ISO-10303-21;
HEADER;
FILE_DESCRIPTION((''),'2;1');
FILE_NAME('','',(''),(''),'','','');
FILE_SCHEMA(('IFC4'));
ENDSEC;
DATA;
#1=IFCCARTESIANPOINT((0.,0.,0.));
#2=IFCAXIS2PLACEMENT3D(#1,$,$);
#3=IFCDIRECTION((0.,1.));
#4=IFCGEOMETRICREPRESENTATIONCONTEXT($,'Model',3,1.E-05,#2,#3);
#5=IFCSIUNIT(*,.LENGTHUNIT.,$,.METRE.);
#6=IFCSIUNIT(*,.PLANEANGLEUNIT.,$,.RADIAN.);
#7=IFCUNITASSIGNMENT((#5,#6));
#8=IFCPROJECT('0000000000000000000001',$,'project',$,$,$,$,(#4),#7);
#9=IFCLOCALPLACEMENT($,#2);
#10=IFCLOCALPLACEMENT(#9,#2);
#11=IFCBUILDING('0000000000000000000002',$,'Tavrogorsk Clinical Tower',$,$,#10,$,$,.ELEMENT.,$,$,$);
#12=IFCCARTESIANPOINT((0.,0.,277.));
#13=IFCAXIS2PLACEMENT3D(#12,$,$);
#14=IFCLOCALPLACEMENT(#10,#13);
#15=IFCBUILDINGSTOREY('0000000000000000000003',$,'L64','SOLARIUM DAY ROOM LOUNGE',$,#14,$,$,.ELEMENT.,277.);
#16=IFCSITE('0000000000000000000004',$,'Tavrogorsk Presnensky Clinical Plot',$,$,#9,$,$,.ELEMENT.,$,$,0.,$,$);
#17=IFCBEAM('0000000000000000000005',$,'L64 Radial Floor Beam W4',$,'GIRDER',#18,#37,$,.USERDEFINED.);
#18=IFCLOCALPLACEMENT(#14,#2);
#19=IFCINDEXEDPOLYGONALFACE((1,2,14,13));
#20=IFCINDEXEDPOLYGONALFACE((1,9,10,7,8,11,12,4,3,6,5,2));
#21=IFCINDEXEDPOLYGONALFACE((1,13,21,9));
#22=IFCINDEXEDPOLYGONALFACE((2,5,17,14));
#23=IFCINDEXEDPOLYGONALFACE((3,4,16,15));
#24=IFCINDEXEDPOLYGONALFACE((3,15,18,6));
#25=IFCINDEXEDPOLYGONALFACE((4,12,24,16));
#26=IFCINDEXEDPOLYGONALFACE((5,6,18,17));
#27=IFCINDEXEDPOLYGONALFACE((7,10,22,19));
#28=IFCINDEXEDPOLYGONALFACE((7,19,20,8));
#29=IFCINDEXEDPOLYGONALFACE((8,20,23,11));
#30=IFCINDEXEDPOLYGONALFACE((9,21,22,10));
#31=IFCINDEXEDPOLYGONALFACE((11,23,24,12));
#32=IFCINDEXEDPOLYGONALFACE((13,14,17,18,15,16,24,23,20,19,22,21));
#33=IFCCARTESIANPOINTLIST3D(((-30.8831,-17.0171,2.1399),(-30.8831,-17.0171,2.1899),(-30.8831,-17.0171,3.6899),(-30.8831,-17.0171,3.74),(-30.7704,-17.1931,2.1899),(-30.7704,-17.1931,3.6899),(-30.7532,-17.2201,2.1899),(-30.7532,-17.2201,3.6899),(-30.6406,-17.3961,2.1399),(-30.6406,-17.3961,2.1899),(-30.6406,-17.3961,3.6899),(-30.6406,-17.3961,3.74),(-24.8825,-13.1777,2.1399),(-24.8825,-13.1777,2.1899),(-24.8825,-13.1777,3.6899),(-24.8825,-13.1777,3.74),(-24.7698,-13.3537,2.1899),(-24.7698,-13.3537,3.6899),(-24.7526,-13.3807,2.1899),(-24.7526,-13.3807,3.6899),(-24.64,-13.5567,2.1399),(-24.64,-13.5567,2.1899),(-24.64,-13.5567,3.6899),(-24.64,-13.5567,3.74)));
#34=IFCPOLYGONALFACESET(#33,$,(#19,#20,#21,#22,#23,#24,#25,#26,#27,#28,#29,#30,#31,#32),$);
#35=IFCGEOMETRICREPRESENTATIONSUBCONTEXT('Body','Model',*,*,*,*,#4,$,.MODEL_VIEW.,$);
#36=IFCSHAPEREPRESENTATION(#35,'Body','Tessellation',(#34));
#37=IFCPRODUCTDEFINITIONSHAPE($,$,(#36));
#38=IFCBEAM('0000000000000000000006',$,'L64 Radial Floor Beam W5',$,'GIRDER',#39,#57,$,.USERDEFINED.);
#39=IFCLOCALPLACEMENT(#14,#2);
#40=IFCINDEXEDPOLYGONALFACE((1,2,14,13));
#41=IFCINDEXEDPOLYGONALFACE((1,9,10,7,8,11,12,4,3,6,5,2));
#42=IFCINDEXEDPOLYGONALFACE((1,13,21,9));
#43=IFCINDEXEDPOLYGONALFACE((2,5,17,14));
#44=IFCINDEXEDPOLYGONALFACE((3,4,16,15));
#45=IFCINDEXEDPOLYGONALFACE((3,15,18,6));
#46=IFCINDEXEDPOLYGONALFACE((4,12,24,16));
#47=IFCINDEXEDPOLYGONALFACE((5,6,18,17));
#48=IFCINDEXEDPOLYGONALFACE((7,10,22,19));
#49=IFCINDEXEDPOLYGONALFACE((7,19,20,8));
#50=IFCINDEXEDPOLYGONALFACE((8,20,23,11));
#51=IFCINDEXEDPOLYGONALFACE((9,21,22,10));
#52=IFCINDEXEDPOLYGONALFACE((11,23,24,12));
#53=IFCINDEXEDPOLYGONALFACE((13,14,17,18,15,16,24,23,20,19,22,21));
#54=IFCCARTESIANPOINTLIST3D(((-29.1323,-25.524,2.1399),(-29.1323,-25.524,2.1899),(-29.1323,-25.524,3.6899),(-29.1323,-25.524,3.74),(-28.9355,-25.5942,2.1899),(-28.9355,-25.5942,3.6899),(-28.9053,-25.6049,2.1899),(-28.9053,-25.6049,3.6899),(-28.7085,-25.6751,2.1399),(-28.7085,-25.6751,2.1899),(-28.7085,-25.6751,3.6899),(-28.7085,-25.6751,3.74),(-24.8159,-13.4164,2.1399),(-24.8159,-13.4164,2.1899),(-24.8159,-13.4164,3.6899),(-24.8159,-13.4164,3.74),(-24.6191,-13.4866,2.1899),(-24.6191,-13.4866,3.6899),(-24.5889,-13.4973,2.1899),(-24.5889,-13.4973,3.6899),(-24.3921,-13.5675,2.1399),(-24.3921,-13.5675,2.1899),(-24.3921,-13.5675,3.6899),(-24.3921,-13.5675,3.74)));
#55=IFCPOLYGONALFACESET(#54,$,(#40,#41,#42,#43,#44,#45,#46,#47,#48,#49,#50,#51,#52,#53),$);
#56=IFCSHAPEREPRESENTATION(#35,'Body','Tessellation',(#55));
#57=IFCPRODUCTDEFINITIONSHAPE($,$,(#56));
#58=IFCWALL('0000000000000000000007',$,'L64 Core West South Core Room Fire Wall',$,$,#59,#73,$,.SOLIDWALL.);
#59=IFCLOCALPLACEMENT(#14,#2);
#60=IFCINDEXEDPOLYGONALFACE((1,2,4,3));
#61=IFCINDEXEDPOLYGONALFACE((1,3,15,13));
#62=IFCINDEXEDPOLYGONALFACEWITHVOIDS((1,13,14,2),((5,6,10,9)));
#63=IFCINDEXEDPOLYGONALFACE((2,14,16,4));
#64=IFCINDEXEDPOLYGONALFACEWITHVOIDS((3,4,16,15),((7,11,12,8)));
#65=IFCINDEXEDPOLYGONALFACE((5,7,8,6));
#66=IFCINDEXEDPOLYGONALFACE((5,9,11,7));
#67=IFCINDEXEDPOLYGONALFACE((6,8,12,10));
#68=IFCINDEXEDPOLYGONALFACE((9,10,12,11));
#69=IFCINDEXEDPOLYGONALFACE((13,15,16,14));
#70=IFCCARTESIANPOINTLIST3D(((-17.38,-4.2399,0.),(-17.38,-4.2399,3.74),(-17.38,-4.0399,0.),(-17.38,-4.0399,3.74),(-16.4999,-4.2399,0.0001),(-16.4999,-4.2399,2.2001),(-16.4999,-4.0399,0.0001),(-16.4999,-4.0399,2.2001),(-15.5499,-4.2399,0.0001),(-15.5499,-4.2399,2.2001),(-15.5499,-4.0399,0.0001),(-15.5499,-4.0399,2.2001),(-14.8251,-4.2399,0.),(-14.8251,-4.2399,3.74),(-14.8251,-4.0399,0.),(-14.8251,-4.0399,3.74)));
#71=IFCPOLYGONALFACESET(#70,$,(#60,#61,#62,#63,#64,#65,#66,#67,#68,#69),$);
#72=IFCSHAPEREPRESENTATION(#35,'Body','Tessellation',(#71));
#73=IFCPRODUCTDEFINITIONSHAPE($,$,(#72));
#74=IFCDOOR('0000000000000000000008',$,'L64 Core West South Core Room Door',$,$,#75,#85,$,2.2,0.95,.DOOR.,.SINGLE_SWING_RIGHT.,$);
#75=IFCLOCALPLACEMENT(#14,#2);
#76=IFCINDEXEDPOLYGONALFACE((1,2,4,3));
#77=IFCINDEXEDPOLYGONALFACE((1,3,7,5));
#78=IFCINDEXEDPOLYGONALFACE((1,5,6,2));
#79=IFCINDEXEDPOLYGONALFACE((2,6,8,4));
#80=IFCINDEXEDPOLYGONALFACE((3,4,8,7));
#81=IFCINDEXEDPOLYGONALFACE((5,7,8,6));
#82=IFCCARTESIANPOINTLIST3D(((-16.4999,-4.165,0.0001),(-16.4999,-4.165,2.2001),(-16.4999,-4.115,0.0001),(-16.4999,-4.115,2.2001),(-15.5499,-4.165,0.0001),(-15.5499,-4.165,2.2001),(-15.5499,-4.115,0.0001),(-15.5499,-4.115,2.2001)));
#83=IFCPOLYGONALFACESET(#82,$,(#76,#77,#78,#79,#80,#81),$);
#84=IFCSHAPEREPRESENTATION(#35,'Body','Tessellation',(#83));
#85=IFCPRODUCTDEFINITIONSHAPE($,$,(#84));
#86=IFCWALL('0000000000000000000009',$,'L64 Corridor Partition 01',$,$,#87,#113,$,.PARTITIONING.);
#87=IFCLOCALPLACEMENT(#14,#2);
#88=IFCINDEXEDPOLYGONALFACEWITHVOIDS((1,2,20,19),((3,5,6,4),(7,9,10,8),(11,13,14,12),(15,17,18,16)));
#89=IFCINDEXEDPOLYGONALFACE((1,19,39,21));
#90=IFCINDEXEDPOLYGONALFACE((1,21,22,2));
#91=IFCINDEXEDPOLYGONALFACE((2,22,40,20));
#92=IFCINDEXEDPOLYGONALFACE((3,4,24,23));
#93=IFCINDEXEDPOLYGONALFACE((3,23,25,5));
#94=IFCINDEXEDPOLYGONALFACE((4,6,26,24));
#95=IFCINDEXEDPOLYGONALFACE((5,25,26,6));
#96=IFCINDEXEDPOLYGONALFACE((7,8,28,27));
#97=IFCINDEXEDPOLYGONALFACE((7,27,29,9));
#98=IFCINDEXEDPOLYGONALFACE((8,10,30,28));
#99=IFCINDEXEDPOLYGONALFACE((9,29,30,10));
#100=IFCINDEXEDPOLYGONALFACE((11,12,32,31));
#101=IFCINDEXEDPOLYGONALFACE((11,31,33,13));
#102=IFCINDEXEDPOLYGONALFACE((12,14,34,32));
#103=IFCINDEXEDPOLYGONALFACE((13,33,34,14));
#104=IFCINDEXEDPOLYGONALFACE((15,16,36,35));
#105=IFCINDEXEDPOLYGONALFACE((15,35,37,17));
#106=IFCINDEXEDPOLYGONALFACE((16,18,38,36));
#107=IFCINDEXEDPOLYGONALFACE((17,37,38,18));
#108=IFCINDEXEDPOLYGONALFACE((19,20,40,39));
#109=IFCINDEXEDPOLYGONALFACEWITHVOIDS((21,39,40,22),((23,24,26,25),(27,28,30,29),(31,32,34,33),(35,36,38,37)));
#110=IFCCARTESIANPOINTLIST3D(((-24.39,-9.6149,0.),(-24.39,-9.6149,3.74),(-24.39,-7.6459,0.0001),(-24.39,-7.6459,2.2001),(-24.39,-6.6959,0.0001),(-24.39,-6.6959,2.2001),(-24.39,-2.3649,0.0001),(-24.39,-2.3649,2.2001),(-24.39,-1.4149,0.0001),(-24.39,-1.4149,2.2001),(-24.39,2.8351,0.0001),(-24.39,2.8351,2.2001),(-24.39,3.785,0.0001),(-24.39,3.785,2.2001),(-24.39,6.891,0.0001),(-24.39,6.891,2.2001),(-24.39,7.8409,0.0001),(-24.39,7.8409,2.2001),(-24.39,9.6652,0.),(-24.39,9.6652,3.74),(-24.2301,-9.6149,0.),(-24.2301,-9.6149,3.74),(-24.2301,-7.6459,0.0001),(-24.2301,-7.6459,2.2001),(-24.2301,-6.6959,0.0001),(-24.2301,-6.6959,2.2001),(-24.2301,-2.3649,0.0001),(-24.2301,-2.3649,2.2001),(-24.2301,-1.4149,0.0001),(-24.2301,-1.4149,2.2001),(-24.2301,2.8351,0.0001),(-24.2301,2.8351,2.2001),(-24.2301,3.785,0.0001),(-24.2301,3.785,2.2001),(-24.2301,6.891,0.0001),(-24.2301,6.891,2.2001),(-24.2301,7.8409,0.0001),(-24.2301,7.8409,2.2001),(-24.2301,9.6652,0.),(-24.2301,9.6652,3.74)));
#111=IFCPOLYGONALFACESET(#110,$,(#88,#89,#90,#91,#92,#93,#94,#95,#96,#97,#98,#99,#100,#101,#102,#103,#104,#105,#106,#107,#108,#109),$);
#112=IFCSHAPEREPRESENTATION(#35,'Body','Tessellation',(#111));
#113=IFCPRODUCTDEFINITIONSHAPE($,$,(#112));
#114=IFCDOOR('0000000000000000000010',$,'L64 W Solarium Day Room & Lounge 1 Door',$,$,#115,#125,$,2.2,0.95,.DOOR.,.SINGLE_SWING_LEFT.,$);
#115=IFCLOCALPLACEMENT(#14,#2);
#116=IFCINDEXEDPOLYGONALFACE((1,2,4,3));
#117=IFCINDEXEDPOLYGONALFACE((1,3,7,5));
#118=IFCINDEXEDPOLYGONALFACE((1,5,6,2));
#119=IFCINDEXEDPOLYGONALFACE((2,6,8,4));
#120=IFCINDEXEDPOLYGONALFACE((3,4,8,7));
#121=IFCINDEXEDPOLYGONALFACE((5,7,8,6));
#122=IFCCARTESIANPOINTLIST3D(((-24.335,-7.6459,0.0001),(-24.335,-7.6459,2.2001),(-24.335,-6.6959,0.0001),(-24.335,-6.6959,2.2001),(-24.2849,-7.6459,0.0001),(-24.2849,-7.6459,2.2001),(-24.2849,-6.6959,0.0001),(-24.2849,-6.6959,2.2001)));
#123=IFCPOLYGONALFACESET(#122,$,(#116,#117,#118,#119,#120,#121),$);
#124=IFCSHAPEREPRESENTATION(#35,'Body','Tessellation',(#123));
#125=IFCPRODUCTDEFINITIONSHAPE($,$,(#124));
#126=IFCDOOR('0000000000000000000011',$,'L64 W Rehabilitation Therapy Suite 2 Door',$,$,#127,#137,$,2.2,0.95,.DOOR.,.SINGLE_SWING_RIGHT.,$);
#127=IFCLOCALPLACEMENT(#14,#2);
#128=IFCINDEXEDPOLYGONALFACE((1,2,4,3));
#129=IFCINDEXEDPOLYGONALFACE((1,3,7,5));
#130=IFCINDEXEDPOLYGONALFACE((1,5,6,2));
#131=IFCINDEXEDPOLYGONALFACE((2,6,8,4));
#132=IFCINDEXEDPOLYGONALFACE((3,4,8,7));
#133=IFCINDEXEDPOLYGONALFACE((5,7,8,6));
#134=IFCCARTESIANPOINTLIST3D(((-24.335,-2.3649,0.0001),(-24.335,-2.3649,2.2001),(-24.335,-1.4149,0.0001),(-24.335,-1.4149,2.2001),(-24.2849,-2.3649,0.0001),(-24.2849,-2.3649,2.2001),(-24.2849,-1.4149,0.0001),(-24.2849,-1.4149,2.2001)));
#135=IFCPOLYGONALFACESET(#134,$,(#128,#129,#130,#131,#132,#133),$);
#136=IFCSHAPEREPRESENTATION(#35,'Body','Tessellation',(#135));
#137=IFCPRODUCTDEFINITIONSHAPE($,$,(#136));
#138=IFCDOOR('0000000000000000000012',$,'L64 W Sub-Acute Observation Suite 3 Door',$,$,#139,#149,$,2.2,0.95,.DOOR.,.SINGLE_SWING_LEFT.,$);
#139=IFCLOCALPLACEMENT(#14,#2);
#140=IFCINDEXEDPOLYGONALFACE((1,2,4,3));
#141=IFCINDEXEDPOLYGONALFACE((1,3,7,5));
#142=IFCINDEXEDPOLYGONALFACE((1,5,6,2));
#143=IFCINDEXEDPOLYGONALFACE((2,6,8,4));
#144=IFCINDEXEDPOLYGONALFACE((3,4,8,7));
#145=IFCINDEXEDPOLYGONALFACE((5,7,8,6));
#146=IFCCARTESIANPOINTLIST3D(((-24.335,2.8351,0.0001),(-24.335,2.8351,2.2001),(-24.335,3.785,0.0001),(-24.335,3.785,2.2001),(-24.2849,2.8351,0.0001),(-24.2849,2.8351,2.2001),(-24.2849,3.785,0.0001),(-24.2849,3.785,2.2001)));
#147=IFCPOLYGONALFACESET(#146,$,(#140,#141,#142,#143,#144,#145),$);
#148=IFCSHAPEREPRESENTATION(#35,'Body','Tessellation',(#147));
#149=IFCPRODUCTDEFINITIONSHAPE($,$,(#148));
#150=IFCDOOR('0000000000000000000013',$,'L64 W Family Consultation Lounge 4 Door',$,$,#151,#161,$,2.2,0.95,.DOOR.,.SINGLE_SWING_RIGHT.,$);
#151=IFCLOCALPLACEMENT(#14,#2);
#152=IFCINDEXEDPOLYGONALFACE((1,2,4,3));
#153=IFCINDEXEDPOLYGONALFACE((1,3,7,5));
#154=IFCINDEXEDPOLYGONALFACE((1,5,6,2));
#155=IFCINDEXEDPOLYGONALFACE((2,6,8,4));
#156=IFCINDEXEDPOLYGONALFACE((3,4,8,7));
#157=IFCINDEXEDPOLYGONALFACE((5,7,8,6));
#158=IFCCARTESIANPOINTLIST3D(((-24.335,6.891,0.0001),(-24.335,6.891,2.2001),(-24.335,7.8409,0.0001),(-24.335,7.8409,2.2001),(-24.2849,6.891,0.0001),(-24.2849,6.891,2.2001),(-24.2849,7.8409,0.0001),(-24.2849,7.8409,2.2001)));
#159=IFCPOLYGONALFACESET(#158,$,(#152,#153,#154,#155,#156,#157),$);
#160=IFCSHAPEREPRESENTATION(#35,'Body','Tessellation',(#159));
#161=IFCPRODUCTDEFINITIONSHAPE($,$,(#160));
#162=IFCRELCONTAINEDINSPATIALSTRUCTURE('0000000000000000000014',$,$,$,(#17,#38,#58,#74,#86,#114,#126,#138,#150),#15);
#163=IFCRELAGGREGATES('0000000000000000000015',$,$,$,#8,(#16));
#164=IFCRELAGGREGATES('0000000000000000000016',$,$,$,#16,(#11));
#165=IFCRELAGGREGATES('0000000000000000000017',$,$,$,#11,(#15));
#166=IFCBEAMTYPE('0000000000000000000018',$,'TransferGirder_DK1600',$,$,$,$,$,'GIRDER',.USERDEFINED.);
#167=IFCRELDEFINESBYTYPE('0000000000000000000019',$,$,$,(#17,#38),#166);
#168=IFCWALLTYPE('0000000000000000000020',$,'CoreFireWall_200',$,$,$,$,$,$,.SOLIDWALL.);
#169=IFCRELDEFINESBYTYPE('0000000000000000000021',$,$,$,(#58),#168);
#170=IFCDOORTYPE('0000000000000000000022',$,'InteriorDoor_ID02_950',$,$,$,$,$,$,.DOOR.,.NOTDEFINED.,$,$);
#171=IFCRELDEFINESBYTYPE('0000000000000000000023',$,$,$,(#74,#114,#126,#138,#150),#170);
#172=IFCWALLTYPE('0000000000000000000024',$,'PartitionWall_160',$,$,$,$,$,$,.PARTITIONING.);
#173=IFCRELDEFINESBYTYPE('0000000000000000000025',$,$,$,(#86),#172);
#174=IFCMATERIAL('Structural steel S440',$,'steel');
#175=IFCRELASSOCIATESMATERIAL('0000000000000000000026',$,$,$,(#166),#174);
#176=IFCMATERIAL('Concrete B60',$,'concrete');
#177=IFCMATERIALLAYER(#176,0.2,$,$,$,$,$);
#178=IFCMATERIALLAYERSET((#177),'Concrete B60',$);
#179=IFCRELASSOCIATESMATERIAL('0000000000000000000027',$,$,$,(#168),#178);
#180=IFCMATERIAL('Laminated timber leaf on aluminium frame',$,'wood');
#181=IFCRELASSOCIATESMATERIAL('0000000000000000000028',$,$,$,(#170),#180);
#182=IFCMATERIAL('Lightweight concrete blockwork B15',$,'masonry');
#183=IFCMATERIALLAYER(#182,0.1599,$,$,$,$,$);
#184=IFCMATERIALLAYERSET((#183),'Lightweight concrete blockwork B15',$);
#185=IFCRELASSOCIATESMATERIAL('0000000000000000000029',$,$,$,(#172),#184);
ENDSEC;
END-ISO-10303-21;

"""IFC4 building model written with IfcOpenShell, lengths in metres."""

from ifc_helpers import new_model, si_unit, direction, frame, frame_2d, origin, origin_2d, place, context, subcontext, project, spatial, rectangle, i_section, extrude, material, layer, layer_set, material_profile, profile_set, type_object, element, fill, save


model = new_model("IFC4")

# Units and contexts
model_context = context("Model", 3, precision=1e-05, world=origin(), true_north=direction((0.0, 1.0)))
body_context = subcontext(model_context, "Body", "Model", "MODEL_VIEW")
ifc_project = project(units=[si_unit("LENGTHUNIT", "METRE"), si_unit("PLANEANGLEUNIT", "RADIAN")], contexts=[model_context])

# Site, building, storey
site_placement = place(None, origin())
site = spatial("IfcSite", under=ifc_project, at=site_placement, Name="Tavrogorsk Presnensky Clinical Plot", CompositionType="ELEMENT", RefElevation=0.0)
building_placement = place(site_placement, origin())
building = spatial("IfcBuilding", under=site, at=building_placement, Name="Tavrogorsk Clinical Tower", CompositionType="ELEMENT")
storey_placement = place(building_placement, frame((0.0, 0.0, 277.0)))
storey = spatial("IfcBuildingStorey", under=building, at=storey_placement, Name="L64", Description="SOLARIUM DAY ROOM LOUNGE", CompositionType="ELEMENT", Elevation=277.0)

# Beams
ifc_material_1 = material(Name="Structural steel S440", Category="steel")
ifc_material_profile_1 = material_profile(ifc_material_1, i_section(OverallWidth=0.45, OverallDepth=1.6001, WebThickness=0.032, FlangeThickness=0.05, at=origin_2d()), Name="DK-1600x450x32x50")
ifc_profile_set_1 = profile_set([ifc_material_profile_1], Name="Structural steel S440")
beam_type_1 = type_object("IfcBeamType", Name="TransferGirder_DK1600", ElementType="GIRDER", PredefinedType="USERDEFINED", material=ifc_profile_set_1)
beam_1_placement = place(storey_placement, frame((-24.7612, -13.3672, 2.9399), z_axis=(-0.842332, -0.538958, 0.0), x_axis=(0.538958, -0.842332, 0.0)))
element("IfcBeam", 1, at=beam_1_placement, inside=storey, type_object=beam_type_1, Name="L64 Radial Floor Beam W4", ObjectType="GIRDER", PredefinedType="USERDEFINED", context=body_context, shape_type="SweptSolid", body=[
    extrude(i_section(OverallWidth=0.45, OverallDepth=1.6001, WebThickness=0.032, FlangeThickness=0.05, at=origin_2d()), origin(), (0.0, 0.0, 1.0), 7.1238),
])
beam_2_placement = place(storey_placement, frame((-24.604, -13.4919, 2.9399), z_axis=(-0.335801, -0.941933, 0.0), x_axis=(0.941933, -0.335801, 0.0)))
element("IfcBeam", 2, at=beam_2_placement, inside=storey, type_object=beam_type_1, Name="L64 Radial Floor Beam W5", ObjectType="GIRDER", PredefinedType="USERDEFINED", context=body_context, shape_type="SweptSolid", body=[
    extrude(i_section(OverallWidth=0.45, OverallDepth=1.6001, WebThickness=0.032, FlangeThickness=0.05, at=origin_2d()), origin(), (0.0, 0.0, 1.0), 12.854),
])

# Wall, opening, door
ifc_material_2 = material(Name="Concrete B60", Category="concrete")
ifc_layer_1 = layer(ifc_material_2, 0.2)
ifc_layer_set_1 = layer_set([ifc_layer_1], Name="Concrete B60")
wall_type_1 = type_object("IfcWallType", Name="CoreFireWall_200", PredefinedType="SOLIDWALL", material=ifc_layer_set_1)
wall_1_placement = place(storey_placement, frame((-17.3799, -4.1399, 0.0), z_axis=(0.0, 0.0, 1.0), x_axis=(1.0, 0.0, 0.0)))
wall_1 = element("IfcWall", 3, at=wall_1_placement, inside=storey, type_object=wall_type_1, Name="L64 Core West South Core Room Fire Wall", PredefinedType="SOLIDWALL", context=body_context, shape_type="SweptSolid", body=[
    extrude(rectangle(XDim=2.5549, YDim=0.2, at=frame_2d((1.2773, 0.0))), origin(), (0.0, 0.0, 1.0), 3.74),
])
opening_1_placement = place(wall_1_placement, frame((0.8799, 0.0, 0.0)))
opening_1 = element("IfcOpeningElement", 4, at=opening_1_placement, cuts=wall_1, PredefinedType="OPENING", context=body_context, shape_type="SweptSolid", body=[
    extrude(rectangle(XDim=0.95, YDim=2.2, at=frame_2d((0.4751, 1.1001))), frame((0.0, 0.1099, 0.0), z_axis=(0.0, -1.0, 0.0), x_axis=(1.0, 0.0, 0.0)), (0.0, 0.0, 1.0), 0.22),
])
ifc_material_3 = material(Name="Laminated timber leaf on aluminium frame", Category="wood")
door_type_1 = type_object("IfcDoorType", Name="InteriorDoor_ID02_950", OperationType="NOTDEFINED", PredefinedType="DOOR", material=ifc_material_3)
door_1_placement = place(opening_1_placement, origin())
door_1 = element("IfcDoor", 5, at=door_1_placement, inside=storey, type_object=door_type_1, Name="L64 Core West South Core Room Door", OperationType="SINGLE_SWING_RIGHT", OverallHeight=2.2, OverallWidth=0.95, PredefinedType="DOOR", context=body_context, shape_type="SweptSolid", body=[
    extrude(rectangle(XDim=0.95, YDim=2.2, at=frame_2d((0.4751, 1.1001))), frame((0.0, 0.0249, 0.0), z_axis=(0.0, -1.0, 0.0), x_axis=(1.0, 0.0, 0.0)), (0.0, 0.0, 1.0), 0.05),
])
fill(opening_1, door_1)

# Wall, openings, doors
ifc_material_4 = material(Name="Lightweight concrete blockwork B15", Category="masonry")
ifc_layer_2 = layer(ifc_material_4, 0.1599)
ifc_layer_set_2 = layer_set([ifc_layer_2], Name="Lightweight concrete blockwork B15")
wall_type_2 = type_object("IfcWallType", Name="PartitionWall_160", PredefinedType="PARTITIONING", material=ifc_layer_set_2)
wall_2_placement = place(storey_placement, frame((-24.3101, -9.615, 0.0), z_axis=(0.0, 0.0, 1.0), x_axis=(0.0, 1.0, 0.0)))
wall_2 = element("IfcWall", 6, at=wall_2_placement, inside=storey, type_object=wall_type_2, Name="L64 Corridor Partition 01", PredefinedType="PARTITIONING", context=body_context, shape_type="SweptSolid", body=[
    extrude(rectangle(XDim=19.28, YDim=0.1599, at=frame_2d((9.6401, 0.0))), origin(), (0.0, 0.0, 1.0), 3.74),
])
opening_2_placement = place(wall_2_placement, frame((1.969, 0.0, 0.0)))
opening_2 = element("IfcOpeningElement", 7, at=opening_2_placement, cuts=wall_2, PredefinedType="OPENING", context=body_context, shape_type="SweptSolid", body=[
    extrude(rectangle(XDim=0.95, YDim=2.2, at=frame_2d((0.4751, 1.1001))), frame((0.0, 0.0898, 0.0), z_axis=(0.0, -1.0, 0.0), x_axis=(1.0, 0.0, 0.0)), (0.0, 0.0, 1.0), 0.1799),
])
opening_3_placement = place(wall_2_placement, frame((7.25, 0.0, 0.0)))
opening_3 = element("IfcOpeningElement", 8, at=opening_3_placement, cuts=wall_2, PredefinedType="OPENING", context=body_context, shape_type="SweptSolid", body=[
    extrude(rectangle(XDim=0.95, YDim=2.2, at=frame_2d((0.4751, 1.1001))), frame((0.0, 0.0898, 0.0), z_axis=(0.0, -1.0, 0.0), x_axis=(1.0, 0.0, 0.0)), (0.0, 0.0, 1.0), 0.1799),
])
opening_4_placement = place(wall_2_placement, frame((12.45, 0.0, 0.0)))
opening_4 = element("IfcOpeningElement", 9, at=opening_4_placement, cuts=wall_2, PredefinedType="OPENING", context=body_context, shape_type="SweptSolid", body=[
    extrude(rectangle(XDim=0.95, YDim=2.2, at=frame_2d((0.4751, 1.1001))), frame((0.0, 0.0898, 0.0), z_axis=(0.0, -1.0, 0.0), x_axis=(1.0, 0.0, 0.0)), (0.0, 0.0, 1.0), 0.1799),
])
opening_5_placement = place(wall_2_placement, frame((16.5059, 0.0, 0.0)))
opening_5 = element("IfcOpeningElement", 10, at=opening_5_placement, cuts=wall_2, PredefinedType="OPENING", context=body_context, shape_type="SweptSolid", body=[
    extrude(rectangle(XDim=0.95, YDim=2.2, at=frame_2d((0.4751, 1.1001))), frame((0.0, 0.0898, 0.0), z_axis=(0.0, -1.0, 0.0), x_axis=(1.0, 0.0, 0.0)), (0.0, 0.0, 1.0), 0.1799),
])
door_2_placement = place(opening_2_placement, origin())
door_2 = element("IfcDoor", 11, at=door_2_placement, inside=storey, type_object=door_type_1, Name="L64 W Solarium Day Room & Lounge 1 Door", OperationType="SINGLE_SWING_LEFT", OverallHeight=2.2, OverallWidth=0.95, PredefinedType="DOOR", context=body_context, shape_type="SweptSolid", body=[
    extrude(rectangle(XDim=0.95, YDim=2.2, at=frame_2d((0.4751, 1.1001))), frame((0.0, 0.0249, 0.0), z_axis=(0.0, -1.0, 0.0), x_axis=(1.0, 0.0, 0.0)), (0.0, 0.0, 1.0), 0.05),
])
fill(opening_2, door_2)
door_3_placement = place(opening_3_placement, origin())
door_3 = element("IfcDoor", 12, at=door_3_placement, inside=storey, type_object=door_type_1, Name="L64 W Rehabilitation Therapy Suite 2 Door", OperationType="SINGLE_SWING_RIGHT", OverallHeight=2.2, OverallWidth=0.95, PredefinedType="DOOR", context=body_context, shape_type="SweptSolid", body=[
    extrude(rectangle(XDim=0.95, YDim=2.2, at=frame_2d((0.4751, 1.1001))), frame((0.0, 0.0249, 0.0), z_axis=(0.0, -1.0, 0.0), x_axis=(1.0, 0.0, 0.0)), (0.0, 0.0, 1.0), 0.05),
])
fill(opening_3, door_3)
door_4_placement = place(opening_4_placement, origin())
door_4 = element("IfcDoor", 13, at=door_4_placement, inside=storey, type_object=door_type_1, Name="L64 W Sub-Acute Observation Suite 3 Door", OperationType="SINGLE_SWING_LEFT", OverallHeight=2.2, OverallWidth=0.95, PredefinedType="DOOR", context=body_context, shape_type="SweptSolid", body=[
    extrude(rectangle(XDim=0.95, YDim=2.2, at=frame_2d((0.4751, 1.1001))), frame((0.0, 0.0249, 0.0), z_axis=(0.0, -1.0, 0.0), x_axis=(1.0, 0.0, 0.0)), (0.0, 0.0, 1.0), 0.05),
])
fill(opening_4, door_4)
door_5_placement = place(opening_5_placement, origin())
door_5 = element("IfcDoor", 14, at=door_5_placement, inside=storey, type_object=door_type_1, Name="L64 W Family Consultation Lounge 4 Door", OperationType="SINGLE_SWING_RIGHT", OverallHeight=2.2, OverallWidth=0.95, PredefinedType="DOOR", context=body_context, shape_type="SweptSolid", body=[
    extrude(rectangle(XDim=0.95, YDim=2.2, at=frame_2d((0.4751, 1.1001))), frame((0.0, 0.0249, 0.0), z_axis=(0.0, -1.0, 0.0), x_axis=(1.0, 0.0, 0.0)), (0.0, 0.0, 1.0), 0.05),
])
fill(opening_5, door_5)

save(model, "model.ifc")
